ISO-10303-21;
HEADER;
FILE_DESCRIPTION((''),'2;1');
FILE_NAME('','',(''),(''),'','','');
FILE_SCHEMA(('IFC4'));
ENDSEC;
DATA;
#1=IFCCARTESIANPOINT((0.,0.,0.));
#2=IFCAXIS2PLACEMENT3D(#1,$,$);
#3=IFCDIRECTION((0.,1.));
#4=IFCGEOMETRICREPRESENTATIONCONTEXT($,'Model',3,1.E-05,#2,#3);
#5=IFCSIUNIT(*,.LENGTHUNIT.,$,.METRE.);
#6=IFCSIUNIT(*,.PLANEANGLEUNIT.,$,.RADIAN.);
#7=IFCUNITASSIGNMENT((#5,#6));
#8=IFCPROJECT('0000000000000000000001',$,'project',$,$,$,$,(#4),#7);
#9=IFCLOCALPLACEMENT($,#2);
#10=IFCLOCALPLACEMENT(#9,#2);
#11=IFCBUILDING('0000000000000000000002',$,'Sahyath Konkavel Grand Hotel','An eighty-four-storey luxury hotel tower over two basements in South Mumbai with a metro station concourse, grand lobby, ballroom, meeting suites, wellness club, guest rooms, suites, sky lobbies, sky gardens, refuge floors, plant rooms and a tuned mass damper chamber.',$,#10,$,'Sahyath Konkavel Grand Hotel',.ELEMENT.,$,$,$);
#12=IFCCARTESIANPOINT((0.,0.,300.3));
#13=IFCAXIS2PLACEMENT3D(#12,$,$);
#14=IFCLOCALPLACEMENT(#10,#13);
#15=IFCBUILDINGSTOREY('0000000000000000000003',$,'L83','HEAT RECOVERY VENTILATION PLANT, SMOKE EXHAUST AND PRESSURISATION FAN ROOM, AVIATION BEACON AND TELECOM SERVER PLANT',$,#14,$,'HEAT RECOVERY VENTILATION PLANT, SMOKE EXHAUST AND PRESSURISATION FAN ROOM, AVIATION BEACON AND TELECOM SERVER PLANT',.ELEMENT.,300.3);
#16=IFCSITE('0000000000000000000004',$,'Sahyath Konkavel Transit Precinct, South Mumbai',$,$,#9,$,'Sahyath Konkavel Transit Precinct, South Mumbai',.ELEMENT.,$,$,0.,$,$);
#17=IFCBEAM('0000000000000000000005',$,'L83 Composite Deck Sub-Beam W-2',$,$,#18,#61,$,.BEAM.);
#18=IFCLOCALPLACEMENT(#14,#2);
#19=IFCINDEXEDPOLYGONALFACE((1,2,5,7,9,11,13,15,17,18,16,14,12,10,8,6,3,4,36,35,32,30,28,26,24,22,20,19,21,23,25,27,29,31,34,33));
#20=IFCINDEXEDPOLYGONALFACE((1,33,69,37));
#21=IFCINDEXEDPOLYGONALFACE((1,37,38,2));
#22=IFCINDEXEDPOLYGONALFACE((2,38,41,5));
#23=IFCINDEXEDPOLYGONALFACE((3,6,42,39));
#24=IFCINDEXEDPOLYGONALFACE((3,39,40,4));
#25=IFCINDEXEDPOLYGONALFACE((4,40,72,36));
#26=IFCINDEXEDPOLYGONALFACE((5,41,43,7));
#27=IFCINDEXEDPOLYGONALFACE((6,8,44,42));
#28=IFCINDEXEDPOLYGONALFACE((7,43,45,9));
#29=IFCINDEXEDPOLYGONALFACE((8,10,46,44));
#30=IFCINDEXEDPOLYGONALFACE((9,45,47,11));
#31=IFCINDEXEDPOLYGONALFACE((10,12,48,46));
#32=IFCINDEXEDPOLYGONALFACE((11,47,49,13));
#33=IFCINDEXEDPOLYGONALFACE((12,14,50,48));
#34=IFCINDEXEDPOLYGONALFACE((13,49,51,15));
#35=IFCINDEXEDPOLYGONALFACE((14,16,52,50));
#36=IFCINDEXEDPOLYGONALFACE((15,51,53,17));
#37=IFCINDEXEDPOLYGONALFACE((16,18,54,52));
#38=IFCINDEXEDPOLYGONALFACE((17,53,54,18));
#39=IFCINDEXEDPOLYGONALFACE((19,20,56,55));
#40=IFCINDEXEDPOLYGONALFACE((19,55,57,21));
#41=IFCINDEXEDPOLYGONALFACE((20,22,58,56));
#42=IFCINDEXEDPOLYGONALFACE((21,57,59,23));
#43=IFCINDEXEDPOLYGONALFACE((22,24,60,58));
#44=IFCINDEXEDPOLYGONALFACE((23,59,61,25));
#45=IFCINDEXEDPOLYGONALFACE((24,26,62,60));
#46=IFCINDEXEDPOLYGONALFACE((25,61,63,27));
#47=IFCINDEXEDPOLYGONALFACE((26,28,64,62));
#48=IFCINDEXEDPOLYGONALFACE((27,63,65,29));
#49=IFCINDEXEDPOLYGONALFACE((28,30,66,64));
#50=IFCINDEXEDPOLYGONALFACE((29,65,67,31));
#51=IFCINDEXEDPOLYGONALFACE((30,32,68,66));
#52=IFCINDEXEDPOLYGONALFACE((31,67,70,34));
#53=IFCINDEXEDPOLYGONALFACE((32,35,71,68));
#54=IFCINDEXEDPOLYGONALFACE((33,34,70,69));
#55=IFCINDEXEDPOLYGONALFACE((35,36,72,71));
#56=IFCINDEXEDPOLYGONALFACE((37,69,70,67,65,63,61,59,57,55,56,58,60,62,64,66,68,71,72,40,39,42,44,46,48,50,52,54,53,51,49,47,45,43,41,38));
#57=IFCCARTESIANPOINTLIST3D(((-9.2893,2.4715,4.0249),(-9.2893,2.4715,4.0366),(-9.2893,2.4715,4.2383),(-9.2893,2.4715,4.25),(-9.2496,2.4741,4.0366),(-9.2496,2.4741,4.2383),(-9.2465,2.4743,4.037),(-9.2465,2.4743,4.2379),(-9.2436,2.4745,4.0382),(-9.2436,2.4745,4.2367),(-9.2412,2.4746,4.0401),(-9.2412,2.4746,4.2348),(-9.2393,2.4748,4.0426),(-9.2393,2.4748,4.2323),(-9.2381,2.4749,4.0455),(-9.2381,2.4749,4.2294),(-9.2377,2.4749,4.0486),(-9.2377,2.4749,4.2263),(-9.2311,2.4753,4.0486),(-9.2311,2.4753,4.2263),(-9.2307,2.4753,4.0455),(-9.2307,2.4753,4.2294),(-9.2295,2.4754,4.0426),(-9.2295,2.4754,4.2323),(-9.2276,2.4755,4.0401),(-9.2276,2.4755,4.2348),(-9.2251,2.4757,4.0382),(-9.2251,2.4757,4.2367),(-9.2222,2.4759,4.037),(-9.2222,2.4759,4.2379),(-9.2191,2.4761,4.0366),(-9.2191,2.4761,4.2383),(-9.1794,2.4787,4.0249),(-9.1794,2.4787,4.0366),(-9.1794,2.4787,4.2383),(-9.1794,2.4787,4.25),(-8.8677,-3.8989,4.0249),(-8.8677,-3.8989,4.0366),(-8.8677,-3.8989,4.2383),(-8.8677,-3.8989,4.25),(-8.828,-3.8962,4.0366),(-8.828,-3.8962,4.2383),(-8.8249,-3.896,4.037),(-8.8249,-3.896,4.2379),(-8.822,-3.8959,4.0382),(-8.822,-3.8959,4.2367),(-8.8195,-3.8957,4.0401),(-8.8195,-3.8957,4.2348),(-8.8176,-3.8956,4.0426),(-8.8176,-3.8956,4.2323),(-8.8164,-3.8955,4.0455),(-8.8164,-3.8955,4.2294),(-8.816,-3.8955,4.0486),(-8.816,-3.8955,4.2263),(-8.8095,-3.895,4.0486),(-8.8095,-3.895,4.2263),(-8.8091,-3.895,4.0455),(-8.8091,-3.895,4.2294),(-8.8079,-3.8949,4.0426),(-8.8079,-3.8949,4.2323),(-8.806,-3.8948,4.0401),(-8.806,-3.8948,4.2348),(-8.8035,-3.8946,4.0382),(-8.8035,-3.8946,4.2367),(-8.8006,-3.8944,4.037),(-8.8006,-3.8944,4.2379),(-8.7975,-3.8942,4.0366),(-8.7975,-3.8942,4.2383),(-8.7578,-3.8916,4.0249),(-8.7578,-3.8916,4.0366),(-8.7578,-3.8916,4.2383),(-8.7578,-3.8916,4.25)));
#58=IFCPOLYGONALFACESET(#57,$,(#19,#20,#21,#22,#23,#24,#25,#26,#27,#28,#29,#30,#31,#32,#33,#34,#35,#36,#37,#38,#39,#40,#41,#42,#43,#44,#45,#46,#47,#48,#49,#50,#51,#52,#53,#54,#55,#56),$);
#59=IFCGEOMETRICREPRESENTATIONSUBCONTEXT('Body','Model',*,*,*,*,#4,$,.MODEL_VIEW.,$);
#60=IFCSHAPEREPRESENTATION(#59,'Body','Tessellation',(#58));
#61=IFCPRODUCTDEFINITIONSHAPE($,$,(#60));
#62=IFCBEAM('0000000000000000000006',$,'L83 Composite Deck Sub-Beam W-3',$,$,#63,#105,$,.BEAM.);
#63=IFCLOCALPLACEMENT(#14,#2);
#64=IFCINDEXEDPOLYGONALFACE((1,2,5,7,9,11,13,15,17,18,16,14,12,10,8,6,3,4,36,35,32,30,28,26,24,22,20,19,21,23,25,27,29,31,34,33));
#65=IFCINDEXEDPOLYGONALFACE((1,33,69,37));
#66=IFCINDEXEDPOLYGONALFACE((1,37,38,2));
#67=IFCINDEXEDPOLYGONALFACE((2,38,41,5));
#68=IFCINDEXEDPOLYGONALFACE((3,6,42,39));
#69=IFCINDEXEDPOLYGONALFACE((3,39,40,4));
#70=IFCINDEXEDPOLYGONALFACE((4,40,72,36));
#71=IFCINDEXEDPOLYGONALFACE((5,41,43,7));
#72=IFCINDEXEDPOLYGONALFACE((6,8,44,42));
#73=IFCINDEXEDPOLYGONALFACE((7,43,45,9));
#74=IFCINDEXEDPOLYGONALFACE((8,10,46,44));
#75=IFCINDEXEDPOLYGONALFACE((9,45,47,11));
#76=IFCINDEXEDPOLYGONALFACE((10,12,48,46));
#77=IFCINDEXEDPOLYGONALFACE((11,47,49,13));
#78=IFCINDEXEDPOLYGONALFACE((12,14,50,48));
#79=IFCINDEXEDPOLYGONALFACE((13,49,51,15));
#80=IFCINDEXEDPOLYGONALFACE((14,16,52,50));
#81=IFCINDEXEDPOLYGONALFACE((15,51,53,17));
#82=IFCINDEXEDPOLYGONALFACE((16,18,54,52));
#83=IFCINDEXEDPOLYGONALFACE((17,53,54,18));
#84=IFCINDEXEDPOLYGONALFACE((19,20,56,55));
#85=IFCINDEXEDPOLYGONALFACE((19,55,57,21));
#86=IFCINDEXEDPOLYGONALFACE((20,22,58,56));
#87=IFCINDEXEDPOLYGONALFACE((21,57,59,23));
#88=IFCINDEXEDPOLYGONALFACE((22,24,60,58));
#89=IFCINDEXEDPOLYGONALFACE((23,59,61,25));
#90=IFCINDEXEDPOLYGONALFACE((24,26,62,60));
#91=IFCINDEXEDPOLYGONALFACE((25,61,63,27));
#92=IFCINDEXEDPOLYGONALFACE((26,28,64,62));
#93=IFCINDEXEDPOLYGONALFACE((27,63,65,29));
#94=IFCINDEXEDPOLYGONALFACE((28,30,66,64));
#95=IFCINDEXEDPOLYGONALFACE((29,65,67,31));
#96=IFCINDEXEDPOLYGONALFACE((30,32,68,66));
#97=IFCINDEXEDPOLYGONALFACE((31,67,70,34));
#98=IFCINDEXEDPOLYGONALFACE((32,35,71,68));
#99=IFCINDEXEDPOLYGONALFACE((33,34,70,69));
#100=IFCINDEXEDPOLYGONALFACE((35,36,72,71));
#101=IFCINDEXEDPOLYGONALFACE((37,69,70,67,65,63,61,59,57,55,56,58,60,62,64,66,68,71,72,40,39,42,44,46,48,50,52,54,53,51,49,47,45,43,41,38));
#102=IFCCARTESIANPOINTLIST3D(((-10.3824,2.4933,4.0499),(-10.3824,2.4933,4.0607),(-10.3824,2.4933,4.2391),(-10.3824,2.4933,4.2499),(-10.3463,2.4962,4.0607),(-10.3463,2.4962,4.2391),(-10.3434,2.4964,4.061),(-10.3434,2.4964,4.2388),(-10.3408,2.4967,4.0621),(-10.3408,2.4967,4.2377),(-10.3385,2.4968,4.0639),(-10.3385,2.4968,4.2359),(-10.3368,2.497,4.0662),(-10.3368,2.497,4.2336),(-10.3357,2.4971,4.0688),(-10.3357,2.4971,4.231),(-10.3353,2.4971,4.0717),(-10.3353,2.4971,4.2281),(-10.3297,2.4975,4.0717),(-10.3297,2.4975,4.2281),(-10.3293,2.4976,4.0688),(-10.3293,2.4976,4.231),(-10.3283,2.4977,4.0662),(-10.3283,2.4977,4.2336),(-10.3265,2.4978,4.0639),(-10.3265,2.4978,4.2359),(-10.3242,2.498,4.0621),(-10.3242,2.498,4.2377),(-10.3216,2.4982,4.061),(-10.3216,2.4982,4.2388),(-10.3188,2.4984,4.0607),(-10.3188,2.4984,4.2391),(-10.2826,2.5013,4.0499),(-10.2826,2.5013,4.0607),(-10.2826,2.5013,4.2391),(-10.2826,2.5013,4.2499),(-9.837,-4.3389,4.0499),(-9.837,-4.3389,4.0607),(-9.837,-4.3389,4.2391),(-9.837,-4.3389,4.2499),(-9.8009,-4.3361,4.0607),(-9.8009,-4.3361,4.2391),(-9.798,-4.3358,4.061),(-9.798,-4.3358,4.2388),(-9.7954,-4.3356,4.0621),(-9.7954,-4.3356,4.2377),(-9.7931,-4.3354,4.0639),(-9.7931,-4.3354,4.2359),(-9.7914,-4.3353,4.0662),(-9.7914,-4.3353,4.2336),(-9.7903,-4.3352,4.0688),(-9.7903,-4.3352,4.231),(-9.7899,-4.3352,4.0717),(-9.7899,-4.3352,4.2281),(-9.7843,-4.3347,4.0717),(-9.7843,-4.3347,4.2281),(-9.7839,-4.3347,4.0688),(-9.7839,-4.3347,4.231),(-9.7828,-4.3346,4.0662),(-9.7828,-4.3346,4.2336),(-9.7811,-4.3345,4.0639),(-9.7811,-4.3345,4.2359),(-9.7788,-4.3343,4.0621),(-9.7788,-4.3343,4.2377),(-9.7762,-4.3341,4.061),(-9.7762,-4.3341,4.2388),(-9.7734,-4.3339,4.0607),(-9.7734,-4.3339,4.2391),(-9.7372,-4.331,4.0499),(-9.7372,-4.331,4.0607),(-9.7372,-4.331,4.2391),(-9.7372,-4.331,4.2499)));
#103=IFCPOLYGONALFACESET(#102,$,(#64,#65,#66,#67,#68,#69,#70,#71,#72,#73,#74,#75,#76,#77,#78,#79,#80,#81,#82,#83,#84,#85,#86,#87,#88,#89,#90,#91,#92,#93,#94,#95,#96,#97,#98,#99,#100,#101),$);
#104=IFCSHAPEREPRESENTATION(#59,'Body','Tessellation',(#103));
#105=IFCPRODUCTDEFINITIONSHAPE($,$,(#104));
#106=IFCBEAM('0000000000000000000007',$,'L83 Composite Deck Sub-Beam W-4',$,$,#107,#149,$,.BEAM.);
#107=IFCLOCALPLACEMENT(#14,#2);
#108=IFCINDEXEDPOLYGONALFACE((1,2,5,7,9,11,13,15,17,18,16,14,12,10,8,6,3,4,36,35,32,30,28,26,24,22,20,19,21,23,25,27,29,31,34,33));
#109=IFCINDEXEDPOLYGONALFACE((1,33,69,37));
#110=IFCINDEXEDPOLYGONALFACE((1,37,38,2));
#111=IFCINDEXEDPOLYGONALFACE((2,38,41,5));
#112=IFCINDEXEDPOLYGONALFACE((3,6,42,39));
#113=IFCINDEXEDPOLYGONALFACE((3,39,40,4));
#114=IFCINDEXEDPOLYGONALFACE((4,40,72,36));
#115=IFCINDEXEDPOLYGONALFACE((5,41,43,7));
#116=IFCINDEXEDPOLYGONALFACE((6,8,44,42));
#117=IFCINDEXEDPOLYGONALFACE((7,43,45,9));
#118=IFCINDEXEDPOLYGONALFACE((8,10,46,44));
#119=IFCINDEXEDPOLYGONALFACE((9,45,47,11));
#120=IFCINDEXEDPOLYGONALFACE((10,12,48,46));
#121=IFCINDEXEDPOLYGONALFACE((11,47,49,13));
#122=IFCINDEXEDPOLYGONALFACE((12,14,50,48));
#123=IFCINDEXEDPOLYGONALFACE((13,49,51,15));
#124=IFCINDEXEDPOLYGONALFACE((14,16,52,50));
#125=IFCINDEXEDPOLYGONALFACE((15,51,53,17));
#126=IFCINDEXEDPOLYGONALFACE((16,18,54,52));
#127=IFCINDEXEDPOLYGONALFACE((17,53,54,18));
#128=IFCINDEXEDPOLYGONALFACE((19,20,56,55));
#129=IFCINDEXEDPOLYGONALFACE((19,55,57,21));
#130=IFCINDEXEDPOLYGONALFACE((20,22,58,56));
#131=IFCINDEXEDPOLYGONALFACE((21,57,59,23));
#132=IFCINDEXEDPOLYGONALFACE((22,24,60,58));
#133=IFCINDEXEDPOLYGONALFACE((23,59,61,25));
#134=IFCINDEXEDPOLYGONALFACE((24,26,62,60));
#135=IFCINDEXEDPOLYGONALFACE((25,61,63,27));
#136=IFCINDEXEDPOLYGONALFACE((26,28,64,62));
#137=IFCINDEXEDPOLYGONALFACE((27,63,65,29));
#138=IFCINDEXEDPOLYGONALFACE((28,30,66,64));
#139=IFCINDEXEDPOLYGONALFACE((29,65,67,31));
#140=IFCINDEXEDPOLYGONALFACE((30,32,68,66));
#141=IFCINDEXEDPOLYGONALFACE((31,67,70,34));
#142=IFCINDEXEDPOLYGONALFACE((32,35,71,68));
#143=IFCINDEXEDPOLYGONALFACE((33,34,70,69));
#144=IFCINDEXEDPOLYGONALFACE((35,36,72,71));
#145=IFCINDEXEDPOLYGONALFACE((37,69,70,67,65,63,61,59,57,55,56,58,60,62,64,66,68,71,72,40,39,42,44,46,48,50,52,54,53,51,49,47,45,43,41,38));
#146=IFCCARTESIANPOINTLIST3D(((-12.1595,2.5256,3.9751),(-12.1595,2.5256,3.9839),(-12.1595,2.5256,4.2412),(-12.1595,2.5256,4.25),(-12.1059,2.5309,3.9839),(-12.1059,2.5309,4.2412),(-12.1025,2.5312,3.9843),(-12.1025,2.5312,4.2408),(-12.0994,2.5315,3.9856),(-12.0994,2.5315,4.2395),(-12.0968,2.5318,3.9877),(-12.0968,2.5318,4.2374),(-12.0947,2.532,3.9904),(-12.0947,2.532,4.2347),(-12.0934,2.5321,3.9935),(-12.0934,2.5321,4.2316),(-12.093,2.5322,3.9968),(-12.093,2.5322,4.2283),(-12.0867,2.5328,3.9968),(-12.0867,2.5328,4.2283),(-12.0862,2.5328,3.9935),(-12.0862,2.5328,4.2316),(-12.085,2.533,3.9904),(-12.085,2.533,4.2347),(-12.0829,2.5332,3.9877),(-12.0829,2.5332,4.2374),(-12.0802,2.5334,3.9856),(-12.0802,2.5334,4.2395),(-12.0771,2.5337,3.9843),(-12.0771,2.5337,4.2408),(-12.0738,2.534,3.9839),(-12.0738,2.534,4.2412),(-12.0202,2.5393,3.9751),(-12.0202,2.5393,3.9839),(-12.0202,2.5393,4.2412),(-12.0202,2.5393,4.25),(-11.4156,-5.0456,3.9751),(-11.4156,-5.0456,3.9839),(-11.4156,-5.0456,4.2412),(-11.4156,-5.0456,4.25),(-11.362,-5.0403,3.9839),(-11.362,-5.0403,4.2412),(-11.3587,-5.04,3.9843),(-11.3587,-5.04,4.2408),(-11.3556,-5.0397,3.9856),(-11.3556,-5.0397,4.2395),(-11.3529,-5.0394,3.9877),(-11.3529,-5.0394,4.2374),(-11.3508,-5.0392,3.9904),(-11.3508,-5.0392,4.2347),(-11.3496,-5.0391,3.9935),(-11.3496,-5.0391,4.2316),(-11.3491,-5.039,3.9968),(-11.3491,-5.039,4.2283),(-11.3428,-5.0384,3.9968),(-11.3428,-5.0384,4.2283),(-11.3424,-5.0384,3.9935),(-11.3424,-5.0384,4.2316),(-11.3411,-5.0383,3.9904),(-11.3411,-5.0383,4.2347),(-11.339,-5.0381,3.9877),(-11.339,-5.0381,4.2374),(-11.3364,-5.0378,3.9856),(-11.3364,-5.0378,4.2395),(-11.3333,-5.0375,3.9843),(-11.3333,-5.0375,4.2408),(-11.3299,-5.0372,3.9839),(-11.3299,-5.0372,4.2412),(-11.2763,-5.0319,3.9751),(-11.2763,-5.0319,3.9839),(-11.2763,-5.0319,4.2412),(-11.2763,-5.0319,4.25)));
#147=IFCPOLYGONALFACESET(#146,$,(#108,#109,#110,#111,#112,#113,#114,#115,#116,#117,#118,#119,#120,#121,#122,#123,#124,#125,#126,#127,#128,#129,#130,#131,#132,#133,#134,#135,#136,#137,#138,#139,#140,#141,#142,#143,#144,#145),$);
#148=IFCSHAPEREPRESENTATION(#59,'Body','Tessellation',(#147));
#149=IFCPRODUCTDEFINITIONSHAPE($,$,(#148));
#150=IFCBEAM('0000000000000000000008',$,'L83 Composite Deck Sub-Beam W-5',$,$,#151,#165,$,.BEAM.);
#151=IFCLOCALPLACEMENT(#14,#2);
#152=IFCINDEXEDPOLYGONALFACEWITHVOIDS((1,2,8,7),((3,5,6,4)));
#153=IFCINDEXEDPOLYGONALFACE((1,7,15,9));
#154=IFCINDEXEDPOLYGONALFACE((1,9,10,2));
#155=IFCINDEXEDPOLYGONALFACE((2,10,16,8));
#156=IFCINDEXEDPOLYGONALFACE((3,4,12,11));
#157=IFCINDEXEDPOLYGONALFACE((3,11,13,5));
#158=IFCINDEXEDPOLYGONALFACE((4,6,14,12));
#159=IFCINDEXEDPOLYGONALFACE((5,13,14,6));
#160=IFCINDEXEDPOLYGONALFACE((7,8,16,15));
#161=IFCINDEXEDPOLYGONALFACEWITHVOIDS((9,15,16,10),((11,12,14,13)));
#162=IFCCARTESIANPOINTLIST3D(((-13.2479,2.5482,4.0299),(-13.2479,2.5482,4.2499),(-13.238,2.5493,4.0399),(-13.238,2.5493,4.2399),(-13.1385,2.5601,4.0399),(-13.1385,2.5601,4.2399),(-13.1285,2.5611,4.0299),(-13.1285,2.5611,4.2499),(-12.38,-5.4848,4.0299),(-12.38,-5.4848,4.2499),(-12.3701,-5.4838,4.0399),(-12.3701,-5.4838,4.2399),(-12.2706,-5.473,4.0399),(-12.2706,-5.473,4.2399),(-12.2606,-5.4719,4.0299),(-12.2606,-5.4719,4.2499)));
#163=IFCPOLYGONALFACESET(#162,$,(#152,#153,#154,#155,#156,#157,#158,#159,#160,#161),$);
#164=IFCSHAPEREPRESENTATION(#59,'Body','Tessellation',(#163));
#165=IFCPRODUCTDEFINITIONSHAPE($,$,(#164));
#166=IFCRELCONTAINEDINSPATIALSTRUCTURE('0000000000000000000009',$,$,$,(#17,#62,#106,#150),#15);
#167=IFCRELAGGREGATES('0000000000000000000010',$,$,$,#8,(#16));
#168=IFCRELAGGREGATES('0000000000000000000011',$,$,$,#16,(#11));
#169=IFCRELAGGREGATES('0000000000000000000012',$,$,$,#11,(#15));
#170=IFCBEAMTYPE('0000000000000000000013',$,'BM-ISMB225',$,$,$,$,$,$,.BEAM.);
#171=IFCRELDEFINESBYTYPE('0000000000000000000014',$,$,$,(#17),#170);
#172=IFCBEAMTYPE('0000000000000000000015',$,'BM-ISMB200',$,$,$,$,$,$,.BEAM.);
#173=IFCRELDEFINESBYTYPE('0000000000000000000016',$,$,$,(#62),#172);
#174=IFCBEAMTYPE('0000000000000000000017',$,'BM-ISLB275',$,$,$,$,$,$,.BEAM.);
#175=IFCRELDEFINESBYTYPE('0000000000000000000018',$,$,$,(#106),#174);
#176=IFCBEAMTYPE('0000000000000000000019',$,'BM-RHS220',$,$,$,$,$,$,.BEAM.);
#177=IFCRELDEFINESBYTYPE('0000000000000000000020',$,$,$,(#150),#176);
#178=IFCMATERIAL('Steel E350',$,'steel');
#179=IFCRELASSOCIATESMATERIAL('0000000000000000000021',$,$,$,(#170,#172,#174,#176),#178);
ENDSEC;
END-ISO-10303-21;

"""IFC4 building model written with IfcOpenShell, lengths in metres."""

from ifc_helpers import new_model, si_unit, direction, frame, origin, origin_2d, place, context, subcontext, project, spatial, hollow_rectangle, i_section, extrude, source, transform, mapped, material, material_profile, profile_set, type_object, element, save


model = new_model("IFC4")

# Units and contexts
model_context = context("Model", 3, precision=1e-05, world=origin(), true_north=direction((0.0, 1.0)))
body_context = subcontext(model_context, "Body", "Model", "MODEL_VIEW")
ifc_project = project(units=[si_unit("LENGTHUNIT", "METRE"), si_unit("PLANEANGLEUNIT", "RADIAN")], contexts=[model_context])

# Site, building, storey
site_placement = place(None, origin())
site = spatial("IfcSite", under=ifc_project, at=site_placement, Name="Sahyath Konkavel Transit Precinct, South Mumbai", LongName="Sahyath Konkavel Transit Precinct, South Mumbai", CompositionType="ELEMENT", RefElevation=0.0)
building_placement = place(site_placement, origin())
building = spatial("IfcBuilding", under=site, at=building_placement, Name="Sahyath Konkavel Grand Hotel", Description="An eighty-four-storey luxury hotel tower over two basements in South Mumbai with a metro station concourse, grand lobby, ballroom, meeting suites, wellness club, guest rooms, suites, sky lobbies, sky gardens, refuge floors, plant rooms and a tuned mass damper chamber.", LongName="Sahyath Konkavel Grand Hotel", CompositionType="ELEMENT")
storey_placement = place(building_placement, frame((0.0, 0.0, 300.3)))
storey = spatial("IfcBuildingStorey", under=building, at=storey_placement, Name="L83", Description="HEAT RECOVERY VENTILATION PLANT, SMOKE EXHAUST AND PRESSURISATION FAN ROOM, AVIATION BEACON AND TELECOM SERVER PLANT", LongName="HEAT RECOVERY VENTILATION PLANT, SMOKE EXHAUST AND PRESSURISATION FAN ROOM, AVIATION BEACON AND TELECOM SERVER PLANT", CompositionType="ELEMENT", Elevation=300.3)

# Beams
ifc_material_1 = material(Name="Steel E350", Category="steel")
ifc_material_profile_1 = material_profile(ifc_material_1, i_section(OverallWidth=0.1101, OverallDepth=0.2251, WebThickness=0.0066, FlangeThickness=0.0117, FilletRadius=0.012, at=origin_2d()), Name="ISMB 225")
ifc_profile_set_1 = profile_set([ifc_material_profile_1], Name="Steel E350")
beam_type_1 = type_object("IfcBeamType", Name="BM-ISMB225", PredefinedType="BEAM", material=ifc_profile_set_1)
shared_shape_1 = source(origin(), body_context, "Body", "SweptSolid", [
    extrude(i_section(OverallWidth=0.1101, OverallDepth=0.2251, WebThickness=0.0066, FlangeThickness=0.0117, FilletRadius=0.012, at=origin_2d()), origin(), (0.0, 0.0, 1.0), 6.3843),
])
beam_1_placement = place(storey_placement, frame((-9.2344, 2.4751, 4.1375), z_axis=(0.066042, -0.997817, 0.0), x_axis=(0.997817, 0.066042, 0.0)))
element("IfcBeam", 1, at=beam_1_placement, inside=storey, type_object=beam_type_1, Name="L83 Composite Deck Sub-Beam W-2", PredefinedType="BEAM", context=body_context, shape_type="MappedRepresentation", body=[
    mapped(shared_shape_1, transform((0.0, 0.0, 0.0), scale=1.0)),
])
ifc_material_profile_2 = material_profile(ifc_material_1, i_section(OverallWidth=0.1001, OverallDepth=0.2, WebThickness=0.0056, FlangeThickness=0.0107, FilletRadius=0.011, at=origin_2d()), Name="ISMB 200")
ifc_profile_set_2 = profile_set([ifc_material_profile_2], Name="Steel E350")
beam_type_2 = type_object("IfcBeamType", Name="BM-ISMB200", PredefinedType="BEAM", material=ifc_profile_set_2)
shared_shape_2 = source(origin(), body_context, "Body", "SweptSolid", [
    extrude(i_section(OverallWidth=0.1001, OverallDepth=0.2, WebThickness=0.0056, FlangeThickness=0.0107, FilletRadius=0.011, at=origin_2d()), origin(), (0.0, 0.0, 1.0), 6.854),
])
beam_2_placement = place(storey_placement, frame((-10.3325, 2.4973, 4.1499), z_axis=(0.079575, -0.996829, 0.0), x_axis=(0.996829, 0.079575, 0.0)))
element("IfcBeam", 2, at=beam_2_placement, inside=storey, type_object=beam_type_2, Name="L83 Composite Deck Sub-Beam W-3", PredefinedType="BEAM", context=body_context, shape_type="MappedRepresentation", body=[
    mapped(shared_shape_2, transform((0.0, 0.0, 0.0), scale=1.0)),
])
ifc_material_profile_3 = material_profile(ifc_material_1, i_section(OverallWidth=0.1399, OverallDepth=0.2749, WebThickness=0.0063, FlangeThickness=0.0088, FilletRadius=0.0129, at=origin_2d()), Name="ISLB 275")
ifc_profile_set_3 = profile_set([ifc_material_profile_3], Name="Steel E350")
beam_type_3 = type_object("IfcBeamType", Name="BM-ISLB275", PredefinedType="BEAM", material=ifc_profile_set_3)
shared_shape_3 = source(origin(), body_context, "Body", "SweptSolid", [
    extrude(i_section(OverallWidth=0.1399, OverallDepth=0.2749, WebThickness=0.0063, FlangeThickness=0.0088, FilletRadius=0.0129, at=origin_2d()), origin(), (0.0, 0.0, 1.0), 7.6077),
])
beam_3_placement = place(storey_placement, frame((-12.0898, 2.5325, 4.1125), z_axis=(0.097781, -0.995208, 0.0), x_axis=(0.995208, 0.097781, 0.0)))
element("IfcBeam", 3, at=beam_3_placement, inside=storey, type_object=beam_type_3, Name="L83 Composite Deck Sub-Beam W-4", PredefinedType="BEAM", context=body_context, shape_type="MappedRepresentation", body=[
    mapped(shared_shape_3, transform((0.0, 0.0, 0.0), scale=1.0)),
])
ifc_material_profile_4 = material_profile(ifc_material_1, hollow_rectangle(XDim=0.1201, YDim=0.22, WallThickness=0.01, at=origin_2d()), Name="RHS 220x120x10")
ifc_profile_set_4 = profile_set([ifc_material_profile_4], Name="Steel E350")
beam_type_4 = type_object("IfcBeamType", Name="BM-RHS220", PredefinedType="BEAM", material=ifc_profile_set_4)
shared_shape_4 = source(origin(), body_context, "Body", "SweptSolid", [
    extrude(hollow_rectangle(XDim=0.1201, YDim=0.22, WallThickness=0.01, at=origin_2d()), origin(), (0.0, 0.0, 1.0), 8.0798),
])
beam_4_placement = place(storey_placement, frame((-13.1882, 2.5547, 4.1399), z_axis=(0.107416, -0.994214, 0.0), x_axis=(0.994214, 0.107416, 0.0)))
element("IfcBeam", 4, at=beam_4_placement, inside=storey, type_object=beam_type_4, Name="L83 Composite Deck Sub-Beam W-5", PredefinedType="BEAM", context=body_context, shape_type="MappedRepresentation", body=[
    mapped(shared_shape_4, transform((0.0, 0.0, 0.0), scale=1.0)),
])

save(model, "model.ifc")
